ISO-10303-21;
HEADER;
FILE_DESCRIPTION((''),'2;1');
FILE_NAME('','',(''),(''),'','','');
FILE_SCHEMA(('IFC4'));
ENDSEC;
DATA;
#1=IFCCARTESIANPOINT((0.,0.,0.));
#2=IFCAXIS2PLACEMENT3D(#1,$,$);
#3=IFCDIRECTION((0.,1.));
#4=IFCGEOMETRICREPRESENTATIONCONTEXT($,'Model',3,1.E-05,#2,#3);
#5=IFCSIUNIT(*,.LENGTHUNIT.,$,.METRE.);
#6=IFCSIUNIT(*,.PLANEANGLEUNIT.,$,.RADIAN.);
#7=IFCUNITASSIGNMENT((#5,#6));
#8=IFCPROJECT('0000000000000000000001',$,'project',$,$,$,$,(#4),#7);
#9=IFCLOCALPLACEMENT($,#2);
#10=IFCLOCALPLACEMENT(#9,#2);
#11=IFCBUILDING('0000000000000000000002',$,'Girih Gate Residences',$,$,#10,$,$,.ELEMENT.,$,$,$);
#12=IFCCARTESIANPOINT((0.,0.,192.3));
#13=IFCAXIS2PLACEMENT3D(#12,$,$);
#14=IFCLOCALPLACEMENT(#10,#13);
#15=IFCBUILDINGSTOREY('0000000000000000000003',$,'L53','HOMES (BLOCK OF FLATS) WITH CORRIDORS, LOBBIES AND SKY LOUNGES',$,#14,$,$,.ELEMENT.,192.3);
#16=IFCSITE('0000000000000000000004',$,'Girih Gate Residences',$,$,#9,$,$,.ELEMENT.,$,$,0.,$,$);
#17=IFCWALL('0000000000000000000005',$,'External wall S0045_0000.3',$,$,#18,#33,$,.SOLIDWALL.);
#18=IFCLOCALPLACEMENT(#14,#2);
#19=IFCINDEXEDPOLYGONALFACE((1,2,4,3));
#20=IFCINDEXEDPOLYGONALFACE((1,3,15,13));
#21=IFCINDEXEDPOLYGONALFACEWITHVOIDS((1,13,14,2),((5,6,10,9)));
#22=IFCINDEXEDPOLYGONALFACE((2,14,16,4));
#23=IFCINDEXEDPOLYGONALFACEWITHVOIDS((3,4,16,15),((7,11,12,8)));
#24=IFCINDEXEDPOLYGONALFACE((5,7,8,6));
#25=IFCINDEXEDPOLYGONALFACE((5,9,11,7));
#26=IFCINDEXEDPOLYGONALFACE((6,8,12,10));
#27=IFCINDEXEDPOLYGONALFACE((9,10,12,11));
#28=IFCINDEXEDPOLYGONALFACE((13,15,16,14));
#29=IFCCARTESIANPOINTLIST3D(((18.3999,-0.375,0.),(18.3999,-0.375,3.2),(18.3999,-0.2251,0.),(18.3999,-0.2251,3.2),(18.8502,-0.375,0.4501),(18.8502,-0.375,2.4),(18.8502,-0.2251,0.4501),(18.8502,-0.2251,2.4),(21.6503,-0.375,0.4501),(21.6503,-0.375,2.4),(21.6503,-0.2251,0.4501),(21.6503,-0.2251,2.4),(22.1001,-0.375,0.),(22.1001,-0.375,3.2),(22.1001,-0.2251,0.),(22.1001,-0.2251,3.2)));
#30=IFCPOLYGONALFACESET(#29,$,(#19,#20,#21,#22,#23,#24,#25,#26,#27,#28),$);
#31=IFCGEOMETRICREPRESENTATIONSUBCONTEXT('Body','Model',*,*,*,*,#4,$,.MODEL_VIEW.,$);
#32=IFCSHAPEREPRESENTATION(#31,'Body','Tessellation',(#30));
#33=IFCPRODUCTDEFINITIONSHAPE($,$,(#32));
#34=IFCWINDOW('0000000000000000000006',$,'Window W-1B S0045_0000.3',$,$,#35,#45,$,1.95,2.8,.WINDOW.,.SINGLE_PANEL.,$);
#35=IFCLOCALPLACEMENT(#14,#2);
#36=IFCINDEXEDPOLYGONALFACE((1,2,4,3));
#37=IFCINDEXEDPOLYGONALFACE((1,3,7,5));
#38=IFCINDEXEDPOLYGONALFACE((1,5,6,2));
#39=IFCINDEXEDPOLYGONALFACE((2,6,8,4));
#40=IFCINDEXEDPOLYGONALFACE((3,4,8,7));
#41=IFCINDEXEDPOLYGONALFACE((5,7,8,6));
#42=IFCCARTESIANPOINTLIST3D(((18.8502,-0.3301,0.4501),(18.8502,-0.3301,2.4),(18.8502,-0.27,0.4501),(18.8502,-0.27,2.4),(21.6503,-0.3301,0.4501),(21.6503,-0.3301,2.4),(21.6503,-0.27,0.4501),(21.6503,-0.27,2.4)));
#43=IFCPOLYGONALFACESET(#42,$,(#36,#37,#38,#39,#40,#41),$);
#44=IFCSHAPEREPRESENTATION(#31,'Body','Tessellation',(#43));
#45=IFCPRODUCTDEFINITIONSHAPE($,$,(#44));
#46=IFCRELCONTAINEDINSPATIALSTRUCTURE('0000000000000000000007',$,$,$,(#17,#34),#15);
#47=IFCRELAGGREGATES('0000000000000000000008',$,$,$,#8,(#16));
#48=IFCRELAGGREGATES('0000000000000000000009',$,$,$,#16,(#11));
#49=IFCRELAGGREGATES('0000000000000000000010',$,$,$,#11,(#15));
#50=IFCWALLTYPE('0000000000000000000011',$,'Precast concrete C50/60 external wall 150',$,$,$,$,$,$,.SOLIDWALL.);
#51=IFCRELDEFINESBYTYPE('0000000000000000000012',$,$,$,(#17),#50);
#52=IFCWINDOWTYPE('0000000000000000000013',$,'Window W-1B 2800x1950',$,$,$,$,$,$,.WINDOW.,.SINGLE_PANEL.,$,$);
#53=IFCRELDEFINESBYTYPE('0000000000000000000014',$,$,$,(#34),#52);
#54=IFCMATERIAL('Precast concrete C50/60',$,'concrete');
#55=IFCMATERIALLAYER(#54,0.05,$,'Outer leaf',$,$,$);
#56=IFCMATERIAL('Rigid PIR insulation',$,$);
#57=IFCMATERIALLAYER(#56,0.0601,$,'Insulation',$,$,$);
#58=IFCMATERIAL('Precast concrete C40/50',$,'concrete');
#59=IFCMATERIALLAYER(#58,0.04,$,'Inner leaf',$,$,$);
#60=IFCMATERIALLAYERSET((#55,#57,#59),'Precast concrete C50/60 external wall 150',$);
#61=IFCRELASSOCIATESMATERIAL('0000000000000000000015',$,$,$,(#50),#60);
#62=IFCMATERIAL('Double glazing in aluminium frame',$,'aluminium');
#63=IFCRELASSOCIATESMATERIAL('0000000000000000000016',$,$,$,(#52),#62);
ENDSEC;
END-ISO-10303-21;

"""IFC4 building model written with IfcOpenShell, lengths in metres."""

from ifc_helpers import new_model, si_unit, direction, frame, frame_2d, origin, place, context, subcontext, project, spatial, rectangle, extrude, material, layer, layer_set, type_object, element, fill, save


model = new_model("IFC4")

# Units and contexts
model_context = context("Model", 3, precision=1e-05, world=origin(), true_north=direction((0.0, 1.0)))
body_context = subcontext(model_context, "Body", "Model", "MODEL_VIEW")
ifc_project = project(units=[si_unit("LENGTHUNIT", "METRE"), si_unit("PLANEANGLEUNIT", "RADIAN")], contexts=[model_context])

# Site, building, storey
site_placement = place(None, origin())
site = spatial("IfcSite", under=ifc_project, at=site_placement, Name="Girih Gate Residences", CompositionType="ELEMENT", RefElevation=0.0)
building_placement = place(site_placement, origin())
building = spatial("IfcBuilding", under=site, at=building_placement, Name="Girih Gate Residences", CompositionType="ELEMENT")
storey_placement = place(building_placement, frame((0.0, 0.0, 192.3)))
storey = spatial("IfcBuildingStorey", under=building, at=storey_placement, Name="L53", Description="HOMES (BLOCK OF FLATS) WITH CORRIDORS, LOBBIES AND SKY LOUNGES", CompositionType="ELEMENT", Elevation=192.3)

# Wall, opening, window
ifc_material_1 = material(Name="Precast concrete C50/60", Category="concrete")
ifc_layer_1 = layer(ifc_material_1, 0.05, Name="Outer leaf")
ifc_material_2 = material(Name="Rigid PIR insulation")
ifc_layer_2 = layer(ifc_material_2, 0.0601, Name="Insulation")
ifc_material_3 = material(Name="Precast concrete C40/50", Category="concrete")
ifc_layer_3 = layer(ifc_material_3, 0.04, Name="Inner leaf")
ifc_layer_set_1 = layer_set([ifc_layer_1, ifc_layer_2, ifc_layer_3], Name="Precast concrete C50/60 external wall 150")
wall_type_1 = type_object("IfcWallType", Name="Precast concrete C50/60 external wall 150", PredefinedType="SOLIDWALL", material=ifc_layer_set_1)
ifc_material_4 = material(Name="Double glazing in aluminium frame", Category="aluminium")
window_type = type_object("IfcWindowType", Name="Window W-1B 2800x1950", PartitioningType="SINGLE_PANEL", PredefinedType="WINDOW", material=ifc_material_4)
wall_1_placement = place(storey_placement, frame((22.1001, -0.3, 0.0), z_axis=(0.0, 0.0, 1.0), x_axis=(-1.0, 0.0, 0.0)))
wall_1 = element("IfcWall", 1, at=wall_1_placement, inside=storey, type_object=wall_type_1, Name="External wall S0045_0000.3", PredefinedType="SOLIDWALL", context=body_context, shape_type="SweptSolid", body=[
    extrude(rectangle(XDim=3.7002, YDim=0.1499, at=frame_2d((1.8501, 0.0))), origin(), (0.0, 0.0, 1.0), 3.2),
])
opening_1_placement = place(wall_1_placement, frame((0.45, 0.0, 0.45)))
opening_1 = element("IfcOpeningElement", 2, at=opening_1_placement, cuts=wall_1, PredefinedType="OPENING", context=body_context, shape_type="SweptSolid", body=[
    extrude(rectangle(XDim=2.8, YDim=1.95, at=frame_2d((1.3999, 0.9751))), frame((0.0, 0.085, 0.0), z_axis=(0.0, -1.0, 0.0), x_axis=(1.0, 0.0, 0.0)), (0.0, 0.0, 1.0), 0.1699),
])
window_1_placement = place(opening_1_placement, origin())
window_1 = element("IfcWindow", 3, at=window_1_placement, inside=storey, type_object=window_type, Name="Window W-1B S0045_0000.3", OverallHeight=1.95, OverallWidth=2.8, PartitioningType="SINGLE_PANEL", PredefinedType="WINDOW", context=body_context, shape_type="SweptSolid", body=[
    extrude(rectangle(XDim=2.8, YDim=1.95, at=frame_2d((1.3999, 0.9751))), frame((0.0, 0.03, 0.0), z_axis=(0.0, -1.0, 0.0), x_axis=(1.0, 0.0, 0.0)), (0.0, 0.0, 1.0), 0.0601),
])
fill(opening_1, window_1)

save(model, "model.ifc")
